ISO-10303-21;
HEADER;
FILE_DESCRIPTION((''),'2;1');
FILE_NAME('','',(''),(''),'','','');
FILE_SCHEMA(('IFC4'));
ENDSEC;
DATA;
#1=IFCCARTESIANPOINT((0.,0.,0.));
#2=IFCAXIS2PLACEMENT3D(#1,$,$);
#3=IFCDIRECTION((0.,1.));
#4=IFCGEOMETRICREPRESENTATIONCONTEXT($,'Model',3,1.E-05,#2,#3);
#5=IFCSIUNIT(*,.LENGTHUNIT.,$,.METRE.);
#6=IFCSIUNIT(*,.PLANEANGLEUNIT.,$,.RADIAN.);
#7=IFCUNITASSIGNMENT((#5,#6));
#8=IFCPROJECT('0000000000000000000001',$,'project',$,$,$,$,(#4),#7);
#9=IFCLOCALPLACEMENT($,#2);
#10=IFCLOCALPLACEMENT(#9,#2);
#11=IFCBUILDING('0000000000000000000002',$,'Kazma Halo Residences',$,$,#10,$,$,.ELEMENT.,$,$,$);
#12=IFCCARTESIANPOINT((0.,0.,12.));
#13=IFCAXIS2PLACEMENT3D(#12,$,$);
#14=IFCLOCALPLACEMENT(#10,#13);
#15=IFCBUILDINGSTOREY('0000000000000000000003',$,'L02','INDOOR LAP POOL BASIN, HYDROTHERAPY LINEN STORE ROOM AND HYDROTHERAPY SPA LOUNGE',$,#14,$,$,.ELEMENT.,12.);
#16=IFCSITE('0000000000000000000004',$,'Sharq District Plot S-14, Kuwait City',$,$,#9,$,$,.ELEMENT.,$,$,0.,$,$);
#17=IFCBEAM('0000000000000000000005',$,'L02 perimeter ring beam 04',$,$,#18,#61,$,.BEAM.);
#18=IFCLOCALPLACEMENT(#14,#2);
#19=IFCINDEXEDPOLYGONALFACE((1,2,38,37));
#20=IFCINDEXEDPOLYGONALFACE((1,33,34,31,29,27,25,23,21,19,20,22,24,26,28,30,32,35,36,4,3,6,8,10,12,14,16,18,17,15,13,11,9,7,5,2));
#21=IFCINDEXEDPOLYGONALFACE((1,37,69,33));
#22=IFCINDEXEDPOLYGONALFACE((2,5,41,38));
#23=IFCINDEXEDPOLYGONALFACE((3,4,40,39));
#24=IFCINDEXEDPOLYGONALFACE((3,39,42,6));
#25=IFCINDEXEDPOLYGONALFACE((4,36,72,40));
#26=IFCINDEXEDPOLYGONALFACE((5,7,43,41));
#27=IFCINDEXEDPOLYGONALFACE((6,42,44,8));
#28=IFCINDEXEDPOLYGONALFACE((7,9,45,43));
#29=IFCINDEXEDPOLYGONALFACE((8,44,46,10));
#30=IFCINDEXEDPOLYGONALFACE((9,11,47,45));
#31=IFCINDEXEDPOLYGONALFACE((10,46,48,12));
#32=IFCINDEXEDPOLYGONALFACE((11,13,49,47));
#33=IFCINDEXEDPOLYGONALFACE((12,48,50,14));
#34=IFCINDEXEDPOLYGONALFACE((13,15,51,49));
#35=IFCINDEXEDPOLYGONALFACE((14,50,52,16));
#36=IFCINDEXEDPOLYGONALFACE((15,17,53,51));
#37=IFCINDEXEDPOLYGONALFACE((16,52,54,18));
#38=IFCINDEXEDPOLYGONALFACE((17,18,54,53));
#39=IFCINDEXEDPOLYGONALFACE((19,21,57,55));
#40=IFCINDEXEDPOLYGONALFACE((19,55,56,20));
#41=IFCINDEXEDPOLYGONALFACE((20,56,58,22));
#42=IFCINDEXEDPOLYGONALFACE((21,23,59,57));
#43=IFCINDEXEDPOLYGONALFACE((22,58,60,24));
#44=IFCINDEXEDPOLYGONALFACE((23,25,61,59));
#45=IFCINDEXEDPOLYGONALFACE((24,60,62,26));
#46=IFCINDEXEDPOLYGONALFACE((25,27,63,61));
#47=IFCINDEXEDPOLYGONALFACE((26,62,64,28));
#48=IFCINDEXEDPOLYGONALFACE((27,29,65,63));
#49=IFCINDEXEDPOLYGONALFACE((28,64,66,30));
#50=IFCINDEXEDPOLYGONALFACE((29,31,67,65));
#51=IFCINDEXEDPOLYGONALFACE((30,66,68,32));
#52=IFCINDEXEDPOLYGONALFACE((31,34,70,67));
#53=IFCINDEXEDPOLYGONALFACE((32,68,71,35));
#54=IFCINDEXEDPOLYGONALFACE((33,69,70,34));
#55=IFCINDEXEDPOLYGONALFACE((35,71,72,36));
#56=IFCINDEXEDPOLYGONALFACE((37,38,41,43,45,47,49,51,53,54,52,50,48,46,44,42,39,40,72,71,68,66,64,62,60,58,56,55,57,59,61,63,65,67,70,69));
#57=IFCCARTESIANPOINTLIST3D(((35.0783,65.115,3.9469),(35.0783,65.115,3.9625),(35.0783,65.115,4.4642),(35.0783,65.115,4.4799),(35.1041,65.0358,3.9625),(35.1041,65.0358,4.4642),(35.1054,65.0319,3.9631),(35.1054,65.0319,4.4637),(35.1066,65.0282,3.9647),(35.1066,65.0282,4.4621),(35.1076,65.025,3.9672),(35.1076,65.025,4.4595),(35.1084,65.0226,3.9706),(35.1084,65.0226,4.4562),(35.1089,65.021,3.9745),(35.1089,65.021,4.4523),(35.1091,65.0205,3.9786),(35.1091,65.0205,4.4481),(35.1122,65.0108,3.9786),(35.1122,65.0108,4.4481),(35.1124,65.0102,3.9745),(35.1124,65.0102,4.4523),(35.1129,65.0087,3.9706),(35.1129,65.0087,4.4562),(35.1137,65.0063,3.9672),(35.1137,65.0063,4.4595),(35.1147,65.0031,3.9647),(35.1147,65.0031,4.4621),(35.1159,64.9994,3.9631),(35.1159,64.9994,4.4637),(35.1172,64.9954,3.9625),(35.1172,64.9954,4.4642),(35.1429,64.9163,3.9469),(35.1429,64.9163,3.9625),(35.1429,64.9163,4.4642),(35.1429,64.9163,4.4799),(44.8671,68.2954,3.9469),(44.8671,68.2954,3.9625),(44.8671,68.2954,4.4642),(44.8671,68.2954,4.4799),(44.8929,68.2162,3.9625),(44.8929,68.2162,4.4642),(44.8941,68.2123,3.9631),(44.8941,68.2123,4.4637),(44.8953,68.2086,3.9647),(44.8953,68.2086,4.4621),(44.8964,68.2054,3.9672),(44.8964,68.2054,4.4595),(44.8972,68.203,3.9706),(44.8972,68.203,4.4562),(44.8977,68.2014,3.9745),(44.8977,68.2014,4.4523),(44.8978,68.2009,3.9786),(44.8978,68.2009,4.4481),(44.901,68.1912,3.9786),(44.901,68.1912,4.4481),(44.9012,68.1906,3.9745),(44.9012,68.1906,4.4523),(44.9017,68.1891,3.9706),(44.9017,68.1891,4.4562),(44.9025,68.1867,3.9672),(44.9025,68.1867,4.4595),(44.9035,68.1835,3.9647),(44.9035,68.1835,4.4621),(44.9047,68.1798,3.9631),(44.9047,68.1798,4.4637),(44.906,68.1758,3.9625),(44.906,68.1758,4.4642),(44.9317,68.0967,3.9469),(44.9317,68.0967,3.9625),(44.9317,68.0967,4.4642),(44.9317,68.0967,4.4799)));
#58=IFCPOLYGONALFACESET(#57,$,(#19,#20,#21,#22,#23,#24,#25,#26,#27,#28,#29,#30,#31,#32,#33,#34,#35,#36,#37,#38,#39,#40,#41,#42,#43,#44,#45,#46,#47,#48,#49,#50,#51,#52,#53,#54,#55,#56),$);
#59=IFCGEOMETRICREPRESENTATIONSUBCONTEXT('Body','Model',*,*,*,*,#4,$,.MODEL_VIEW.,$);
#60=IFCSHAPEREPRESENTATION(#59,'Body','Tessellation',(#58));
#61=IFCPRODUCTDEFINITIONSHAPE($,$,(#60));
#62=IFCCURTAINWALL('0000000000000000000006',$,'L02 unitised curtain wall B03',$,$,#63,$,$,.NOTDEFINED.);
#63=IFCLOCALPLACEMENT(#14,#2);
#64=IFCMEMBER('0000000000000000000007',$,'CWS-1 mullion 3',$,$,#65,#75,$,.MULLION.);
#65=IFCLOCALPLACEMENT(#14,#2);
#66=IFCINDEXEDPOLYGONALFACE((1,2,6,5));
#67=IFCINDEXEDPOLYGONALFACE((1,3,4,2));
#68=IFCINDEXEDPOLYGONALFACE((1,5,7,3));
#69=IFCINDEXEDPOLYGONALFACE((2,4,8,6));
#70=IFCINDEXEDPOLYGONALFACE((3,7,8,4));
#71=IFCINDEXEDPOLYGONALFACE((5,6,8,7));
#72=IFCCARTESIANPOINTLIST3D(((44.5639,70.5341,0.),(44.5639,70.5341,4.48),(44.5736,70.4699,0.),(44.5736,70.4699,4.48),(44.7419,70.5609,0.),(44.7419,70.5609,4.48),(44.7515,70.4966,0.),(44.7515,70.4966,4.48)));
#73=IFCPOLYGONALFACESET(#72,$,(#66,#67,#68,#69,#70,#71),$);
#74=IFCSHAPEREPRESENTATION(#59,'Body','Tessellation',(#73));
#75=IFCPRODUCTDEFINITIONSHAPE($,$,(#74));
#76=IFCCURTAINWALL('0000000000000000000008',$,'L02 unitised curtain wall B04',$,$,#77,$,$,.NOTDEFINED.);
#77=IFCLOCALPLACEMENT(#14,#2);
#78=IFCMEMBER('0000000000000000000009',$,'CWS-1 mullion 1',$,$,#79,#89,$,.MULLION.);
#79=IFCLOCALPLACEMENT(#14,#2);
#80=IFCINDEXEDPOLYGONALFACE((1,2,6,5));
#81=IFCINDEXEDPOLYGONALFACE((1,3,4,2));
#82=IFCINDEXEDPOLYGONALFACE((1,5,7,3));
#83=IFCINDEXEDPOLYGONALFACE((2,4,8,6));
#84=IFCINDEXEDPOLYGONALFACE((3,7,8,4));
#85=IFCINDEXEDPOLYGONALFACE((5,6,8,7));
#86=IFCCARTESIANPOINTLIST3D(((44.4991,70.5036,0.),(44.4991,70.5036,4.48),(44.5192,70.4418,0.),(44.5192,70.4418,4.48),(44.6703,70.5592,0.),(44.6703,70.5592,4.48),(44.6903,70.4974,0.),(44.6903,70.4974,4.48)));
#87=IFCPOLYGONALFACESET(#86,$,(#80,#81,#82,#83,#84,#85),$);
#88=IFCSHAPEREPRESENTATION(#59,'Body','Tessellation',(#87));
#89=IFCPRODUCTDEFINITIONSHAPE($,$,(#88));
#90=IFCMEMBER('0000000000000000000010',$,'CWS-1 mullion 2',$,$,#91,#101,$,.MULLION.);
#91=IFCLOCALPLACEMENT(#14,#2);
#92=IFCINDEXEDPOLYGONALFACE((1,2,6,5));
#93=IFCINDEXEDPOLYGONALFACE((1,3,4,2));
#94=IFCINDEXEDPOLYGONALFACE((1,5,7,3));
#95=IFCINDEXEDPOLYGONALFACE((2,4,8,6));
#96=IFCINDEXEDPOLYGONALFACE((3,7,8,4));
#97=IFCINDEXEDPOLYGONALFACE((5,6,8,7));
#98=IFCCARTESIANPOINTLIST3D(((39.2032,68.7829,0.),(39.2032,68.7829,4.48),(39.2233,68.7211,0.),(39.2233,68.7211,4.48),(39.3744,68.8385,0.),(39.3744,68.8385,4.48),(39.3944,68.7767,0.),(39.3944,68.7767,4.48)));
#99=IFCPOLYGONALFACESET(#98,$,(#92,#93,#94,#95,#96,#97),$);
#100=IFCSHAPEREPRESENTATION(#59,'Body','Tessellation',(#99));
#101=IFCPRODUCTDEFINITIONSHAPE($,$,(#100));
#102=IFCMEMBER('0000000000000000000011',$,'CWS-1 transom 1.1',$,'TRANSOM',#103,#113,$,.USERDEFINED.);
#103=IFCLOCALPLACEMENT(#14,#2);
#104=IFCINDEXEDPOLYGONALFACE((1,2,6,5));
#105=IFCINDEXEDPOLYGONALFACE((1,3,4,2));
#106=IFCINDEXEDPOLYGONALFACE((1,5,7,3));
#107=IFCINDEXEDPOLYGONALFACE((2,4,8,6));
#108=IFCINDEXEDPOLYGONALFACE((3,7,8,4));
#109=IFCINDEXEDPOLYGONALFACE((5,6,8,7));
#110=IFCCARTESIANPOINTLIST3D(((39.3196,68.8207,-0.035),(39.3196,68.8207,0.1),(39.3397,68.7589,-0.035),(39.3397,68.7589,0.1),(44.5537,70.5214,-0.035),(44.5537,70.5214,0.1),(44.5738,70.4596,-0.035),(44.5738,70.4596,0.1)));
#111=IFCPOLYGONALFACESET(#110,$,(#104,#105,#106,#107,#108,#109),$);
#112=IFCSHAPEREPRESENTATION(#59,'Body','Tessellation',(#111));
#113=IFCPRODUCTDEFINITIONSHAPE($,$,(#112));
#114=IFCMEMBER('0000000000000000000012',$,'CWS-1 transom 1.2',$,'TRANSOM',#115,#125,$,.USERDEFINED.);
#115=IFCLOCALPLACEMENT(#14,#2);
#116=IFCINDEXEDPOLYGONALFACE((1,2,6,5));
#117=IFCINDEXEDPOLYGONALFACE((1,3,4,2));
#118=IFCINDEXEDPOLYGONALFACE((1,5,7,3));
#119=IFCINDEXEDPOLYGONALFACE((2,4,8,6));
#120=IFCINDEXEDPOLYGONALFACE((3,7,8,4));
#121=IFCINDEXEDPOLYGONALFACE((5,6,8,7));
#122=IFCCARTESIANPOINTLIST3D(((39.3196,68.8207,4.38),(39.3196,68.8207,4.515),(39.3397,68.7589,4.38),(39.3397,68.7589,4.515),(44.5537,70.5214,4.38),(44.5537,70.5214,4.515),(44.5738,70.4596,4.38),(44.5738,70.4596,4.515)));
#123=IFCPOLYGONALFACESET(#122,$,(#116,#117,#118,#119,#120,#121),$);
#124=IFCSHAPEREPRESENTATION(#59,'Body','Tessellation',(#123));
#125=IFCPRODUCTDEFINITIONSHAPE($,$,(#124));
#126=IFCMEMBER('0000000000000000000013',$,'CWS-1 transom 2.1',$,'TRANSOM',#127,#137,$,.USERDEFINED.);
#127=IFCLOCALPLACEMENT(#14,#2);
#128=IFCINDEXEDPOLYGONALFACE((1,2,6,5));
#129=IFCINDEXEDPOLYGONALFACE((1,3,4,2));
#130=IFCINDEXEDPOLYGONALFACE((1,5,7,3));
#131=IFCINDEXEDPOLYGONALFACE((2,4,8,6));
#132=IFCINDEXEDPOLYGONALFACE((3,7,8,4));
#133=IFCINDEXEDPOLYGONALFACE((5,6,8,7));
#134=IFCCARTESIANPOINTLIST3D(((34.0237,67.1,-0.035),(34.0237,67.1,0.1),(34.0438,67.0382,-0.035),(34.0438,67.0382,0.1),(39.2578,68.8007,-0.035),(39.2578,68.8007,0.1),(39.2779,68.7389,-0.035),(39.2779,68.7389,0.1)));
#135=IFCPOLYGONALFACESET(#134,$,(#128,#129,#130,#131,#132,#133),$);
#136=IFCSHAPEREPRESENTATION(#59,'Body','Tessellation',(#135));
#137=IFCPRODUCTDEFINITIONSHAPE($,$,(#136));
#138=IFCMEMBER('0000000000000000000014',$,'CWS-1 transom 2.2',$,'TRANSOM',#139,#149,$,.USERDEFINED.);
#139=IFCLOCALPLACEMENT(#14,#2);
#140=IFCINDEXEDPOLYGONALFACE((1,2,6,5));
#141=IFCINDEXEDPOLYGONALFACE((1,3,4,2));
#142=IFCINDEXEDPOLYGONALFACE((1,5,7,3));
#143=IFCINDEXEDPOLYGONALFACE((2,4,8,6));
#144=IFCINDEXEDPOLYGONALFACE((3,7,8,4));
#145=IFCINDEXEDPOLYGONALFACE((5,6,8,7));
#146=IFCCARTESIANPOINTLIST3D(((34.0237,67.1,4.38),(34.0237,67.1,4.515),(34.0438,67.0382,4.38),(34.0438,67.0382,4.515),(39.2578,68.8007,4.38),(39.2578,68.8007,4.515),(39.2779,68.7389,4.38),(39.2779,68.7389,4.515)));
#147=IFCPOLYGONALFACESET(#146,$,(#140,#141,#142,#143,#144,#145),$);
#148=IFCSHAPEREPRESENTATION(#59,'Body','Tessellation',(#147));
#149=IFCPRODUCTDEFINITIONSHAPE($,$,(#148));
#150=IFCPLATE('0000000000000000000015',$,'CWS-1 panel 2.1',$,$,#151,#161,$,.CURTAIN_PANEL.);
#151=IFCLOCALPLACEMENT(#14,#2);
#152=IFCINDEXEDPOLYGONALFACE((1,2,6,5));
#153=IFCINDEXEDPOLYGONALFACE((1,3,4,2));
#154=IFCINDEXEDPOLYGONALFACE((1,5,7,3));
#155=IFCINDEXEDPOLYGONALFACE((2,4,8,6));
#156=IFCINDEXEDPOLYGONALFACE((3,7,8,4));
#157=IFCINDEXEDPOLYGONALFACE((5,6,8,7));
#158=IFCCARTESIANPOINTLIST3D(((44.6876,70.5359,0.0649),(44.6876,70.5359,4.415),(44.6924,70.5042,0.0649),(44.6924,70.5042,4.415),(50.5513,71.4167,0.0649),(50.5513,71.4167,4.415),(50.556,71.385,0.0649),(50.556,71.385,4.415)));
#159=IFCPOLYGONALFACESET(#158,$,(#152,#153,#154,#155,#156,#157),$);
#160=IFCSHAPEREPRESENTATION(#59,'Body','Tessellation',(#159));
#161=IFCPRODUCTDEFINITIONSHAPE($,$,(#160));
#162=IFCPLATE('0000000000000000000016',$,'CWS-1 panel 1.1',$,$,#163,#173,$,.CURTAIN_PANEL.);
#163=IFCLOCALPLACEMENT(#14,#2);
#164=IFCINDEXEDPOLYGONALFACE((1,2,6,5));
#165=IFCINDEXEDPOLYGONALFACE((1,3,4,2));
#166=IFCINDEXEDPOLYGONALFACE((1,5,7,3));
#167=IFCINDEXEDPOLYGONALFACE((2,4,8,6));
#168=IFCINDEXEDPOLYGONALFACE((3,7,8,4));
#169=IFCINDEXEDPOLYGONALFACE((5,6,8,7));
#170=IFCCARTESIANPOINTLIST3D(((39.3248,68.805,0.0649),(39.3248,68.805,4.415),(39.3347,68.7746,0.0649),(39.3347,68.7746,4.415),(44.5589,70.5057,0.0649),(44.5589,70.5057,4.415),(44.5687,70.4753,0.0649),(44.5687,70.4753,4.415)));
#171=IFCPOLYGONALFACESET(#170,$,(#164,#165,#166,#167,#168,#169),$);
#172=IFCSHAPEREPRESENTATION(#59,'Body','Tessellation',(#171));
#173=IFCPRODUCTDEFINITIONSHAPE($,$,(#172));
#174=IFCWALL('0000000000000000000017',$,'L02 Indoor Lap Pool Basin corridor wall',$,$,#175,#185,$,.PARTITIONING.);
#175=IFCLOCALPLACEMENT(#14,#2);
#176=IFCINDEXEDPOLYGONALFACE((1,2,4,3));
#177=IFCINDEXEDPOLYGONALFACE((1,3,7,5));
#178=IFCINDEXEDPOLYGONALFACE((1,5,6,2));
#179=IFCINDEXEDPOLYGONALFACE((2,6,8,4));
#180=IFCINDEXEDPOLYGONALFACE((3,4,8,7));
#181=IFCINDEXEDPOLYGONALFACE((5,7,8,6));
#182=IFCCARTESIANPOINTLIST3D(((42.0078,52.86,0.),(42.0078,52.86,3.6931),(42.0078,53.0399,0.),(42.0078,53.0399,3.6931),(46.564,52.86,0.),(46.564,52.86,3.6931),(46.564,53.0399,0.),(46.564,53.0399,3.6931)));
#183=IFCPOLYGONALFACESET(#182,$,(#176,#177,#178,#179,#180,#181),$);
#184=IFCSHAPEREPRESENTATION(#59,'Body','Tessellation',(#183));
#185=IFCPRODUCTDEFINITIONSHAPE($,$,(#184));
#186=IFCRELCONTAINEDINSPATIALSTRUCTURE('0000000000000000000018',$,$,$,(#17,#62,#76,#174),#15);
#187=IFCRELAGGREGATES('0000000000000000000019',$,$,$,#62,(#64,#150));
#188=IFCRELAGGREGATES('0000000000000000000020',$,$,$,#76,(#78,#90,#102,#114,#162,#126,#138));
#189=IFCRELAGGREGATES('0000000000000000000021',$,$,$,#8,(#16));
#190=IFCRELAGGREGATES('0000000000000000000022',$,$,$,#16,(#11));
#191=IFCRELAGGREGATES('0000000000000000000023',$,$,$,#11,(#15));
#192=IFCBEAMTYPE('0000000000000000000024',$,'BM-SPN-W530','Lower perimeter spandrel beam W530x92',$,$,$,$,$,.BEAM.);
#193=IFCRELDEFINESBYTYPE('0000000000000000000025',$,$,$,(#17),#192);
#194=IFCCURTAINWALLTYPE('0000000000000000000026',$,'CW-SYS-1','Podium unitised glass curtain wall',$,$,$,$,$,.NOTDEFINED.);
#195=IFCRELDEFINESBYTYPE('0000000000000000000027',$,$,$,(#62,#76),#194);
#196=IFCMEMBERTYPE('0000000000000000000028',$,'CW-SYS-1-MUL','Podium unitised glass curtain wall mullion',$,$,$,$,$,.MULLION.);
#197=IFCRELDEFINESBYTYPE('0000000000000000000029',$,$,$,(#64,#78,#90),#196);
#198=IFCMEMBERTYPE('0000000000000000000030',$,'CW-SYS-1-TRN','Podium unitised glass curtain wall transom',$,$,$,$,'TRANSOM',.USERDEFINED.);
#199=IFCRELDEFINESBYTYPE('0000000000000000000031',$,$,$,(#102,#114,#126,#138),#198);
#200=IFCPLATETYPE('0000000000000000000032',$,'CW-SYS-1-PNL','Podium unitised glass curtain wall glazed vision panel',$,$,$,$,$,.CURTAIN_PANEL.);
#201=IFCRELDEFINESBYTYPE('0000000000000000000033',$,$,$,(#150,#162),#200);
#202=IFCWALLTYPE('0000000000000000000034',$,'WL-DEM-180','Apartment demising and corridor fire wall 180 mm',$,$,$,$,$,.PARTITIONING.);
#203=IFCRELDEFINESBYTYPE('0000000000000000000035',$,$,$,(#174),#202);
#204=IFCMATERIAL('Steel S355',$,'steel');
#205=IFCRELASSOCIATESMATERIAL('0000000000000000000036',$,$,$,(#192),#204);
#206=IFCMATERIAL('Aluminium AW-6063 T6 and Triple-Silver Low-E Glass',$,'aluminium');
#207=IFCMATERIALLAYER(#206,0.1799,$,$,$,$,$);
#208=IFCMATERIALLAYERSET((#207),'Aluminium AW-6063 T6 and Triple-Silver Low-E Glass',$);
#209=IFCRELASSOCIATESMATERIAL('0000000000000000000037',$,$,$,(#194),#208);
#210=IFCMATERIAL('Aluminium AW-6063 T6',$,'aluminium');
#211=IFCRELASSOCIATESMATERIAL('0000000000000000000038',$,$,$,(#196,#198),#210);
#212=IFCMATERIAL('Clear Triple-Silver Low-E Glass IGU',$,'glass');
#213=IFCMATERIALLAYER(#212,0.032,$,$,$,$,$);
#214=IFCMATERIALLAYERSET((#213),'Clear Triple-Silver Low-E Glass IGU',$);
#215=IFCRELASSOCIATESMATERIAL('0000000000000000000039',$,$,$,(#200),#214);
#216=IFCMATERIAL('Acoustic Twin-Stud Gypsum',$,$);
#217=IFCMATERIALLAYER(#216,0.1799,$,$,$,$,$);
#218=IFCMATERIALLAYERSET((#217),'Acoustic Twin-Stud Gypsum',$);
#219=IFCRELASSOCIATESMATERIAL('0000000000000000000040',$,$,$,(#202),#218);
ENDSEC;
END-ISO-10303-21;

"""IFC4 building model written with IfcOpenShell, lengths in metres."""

from ifc_helpers import new_model, si_unit, direction, frame, frame_2d, origin, origin_2d, place, context, subcontext, project, spatial, rectangle, i_section, extrude, material, layer, layer_set, material_profile, profile_set, type_object, element, aggregate, save


model = new_model("IFC4")

# Units and contexts
model_context = context("Model", 3, precision=1e-05, world=origin(), true_north=direction((0.0, 1.0)))
body_context = subcontext(model_context, "Body", "Model", "MODEL_VIEW")
ifc_project = project(units=[si_unit("LENGTHUNIT", "METRE"), si_unit("PLANEANGLEUNIT", "RADIAN")], contexts=[model_context])

# Site, building, storey
site_placement = place(None, origin())
site = spatial("IfcSite", under=ifc_project, at=site_placement, Name="Sharq District Plot S-14, Kuwait City", CompositionType="ELEMENT", RefElevation=0.0)
building_placement = place(site_placement, origin())
building = spatial("IfcBuilding", under=site, at=building_placement, Name="Kazma Halo Residences", CompositionType="ELEMENT")
storey_placement = place(building_placement, frame((0.0, 0.0, 12.0)))
storey = spatial("IfcBuildingStorey", under=building, at=storey_placement, Name="L02", Description="INDOOR LAP POOL BASIN, HYDROTHERAPY LINEN STORE ROOM AND HYDROTHERAPY SPA LOUNGE", CompositionType="ELEMENT", Elevation=12.0)

# Beam
ifc_material_1 = material(Name="Steel S355", Category="steel")
ifc_material_profile_1 = material_profile(ifc_material_1, i_section(OverallWidth=0.209, OverallDepth=0.533, WebThickness=0.0103, FlangeThickness=0.0156, FilletRadius=0.0161, at=origin_2d()), Name="W530x92")
ifc_profile_set_1 = profile_set([ifc_material_profile_1], Name="Steel S355")
beam_type_1 = type_object("IfcBeamType", Name="BM-SPN-W530", Description="Lower perimeter spandrel beam W530x92", PredefinedType="BEAM", material=ifc_profile_set_1)
beam_1_placement = place(storey_placement, frame((44.8994, 68.196, 4.2134), z_axis=(-0.951061, -0.309003, 0.0), x_axis=(0.309003, -0.951061, 0.0)))
element("IfcBeam", 1, at=beam_1_placement, inside=storey, type_object=beam_type_1, Name="L02 perimeter ring beam 04", PredefinedType="BEAM", context=body_context, shape_type="SweptSolid", body=[
    extrude(i_section(OverallWidth=0.209, OverallDepth=0.533, WebThickness=0.0103, FlangeThickness=0.0156, FilletRadius=0.0161, at=origin_2d()), origin(), (0.0, 0.0, 1.0), 10.2925),
])

# Curtain wall, member
ifc_material_2 = material(Name="Aluminium AW-6063 T6 and Triple-Silver Low-E Glass", Category="aluminium")
ifc_layer_1 = layer(ifc_material_2, 0.1799)
ifc_layer_set_1 = layer_set([ifc_layer_1], Name="Aluminium AW-6063 T6 and Triple-Silver Low-E Glass")
curtain_wall_type = type_object("IfcCurtainWallType", Name="CW-SYS-1", Description="Podium unitised glass curtain wall", PredefinedType="NOTDEFINED", material=ifc_layer_set_1)
curtain_wall_1_placement = place(storey_placement, origin())
curtain_wall_1 = element("IfcCurtainWall", 2, at=curtain_wall_1_placement, inside=storey, type_object=curtain_wall_type, Name="L02 unitised curtain wall B03", PredefinedType="NOTDEFINED")
ifc_material_3 = material(Name="Aluminium AW-6063 T6", Category="aluminium")
ifc_material_profile_2 = material_profile(ifc_material_3, rectangle(XDim=0.0649, YDim=0.1799, at=origin_2d()), Name="CWM-65x180")
ifc_profile_set_2 = profile_set([ifc_material_profile_2], Name="Aluminium AW-6063 T6")
member_type_1 = type_object("IfcMemberType", Name="CW-SYS-1-MUL", Description="Podium unitised glass curtain wall mullion", PredefinedType="MULLION", material=ifc_profile_set_2)
member_1_placement = place(storey_placement, frame((44.6577, 70.5154, 0.0), z_axis=(0.0, 0.0, 1.0), x_axis=(0.148549, -0.988905, 0.0)))
member_1 = element("IfcMember", 3, at=member_1_placement, type_object=member_type_1, Name="CWS-1 mullion 3", PredefinedType="MULLION", context=body_context, shape_type="SweptSolid", body=[
    extrude(rectangle(XDim=0.0649, YDim=0.1799, at=origin_2d()), origin(), (0.0, 0.0, 1.0), 4.48),
])

# Curtain wall, members
curtain_wall_2_placement = place(storey_placement, origin())
curtain_wall_2 = element("IfcCurtainWall", 4, at=curtain_wall_2_placement, inside=storey, type_object=curtain_wall_type, Name="L02 unitised curtain wall B04", PredefinedType="NOTDEFINED")
member_2_placement = place(storey_placement, frame((44.5947, 70.5005, 0.0), z_axis=(0.0, 0.0, 1.0), x_axis=(0.309017, -0.951056, 0.0)))
member_2 = element("IfcMember", 5, at=member_2_placement, type_object=member_type_1, Name="CWS-1 mullion 1", PredefinedType="MULLION", context=body_context, shape_type="SweptSolid", body=[
    extrude(rectangle(XDim=0.0649, YDim=0.1799, at=origin_2d()), origin(), (0.0, 0.0, 1.0), 4.48),
])
member_3_placement = place(storey_placement, frame((39.2988, 68.7798, 0.0), z_axis=(0.0, 0.0, 1.0), x_axis=(0.309017, -0.951056, 0.0)))
member_3 = element("IfcMember", 6, at=member_3_placement, type_object=member_type_1, Name="CWS-1 mullion 2", PredefinedType="MULLION", context=body_context, shape_type="SweptSolid", body=[
    extrude(rectangle(XDim=0.0649, YDim=0.1799, at=origin_2d()), origin(), (0.0, 0.0, 1.0), 4.48),
])
ifc_material_profile_3 = material_profile(ifc_material_3, rectangle(XDim=0.0649, YDim=0.135, at=origin_2d()), Name="CWT-65x135")
ifc_profile_set_3 = profile_set([ifc_material_profile_3], Name="Aluminium AW-6063 T6")
member_type_2 = type_object("IfcMemberType", Name="CW-SYS-1-TRN", Description="Podium unitised glass curtain wall transom", ElementType="TRANSOM", PredefinedType="USERDEFINED", material=ifc_profile_set_3)
member_4_placement = place(storey_placement, frame((44.5637, 70.4905, 0.0325), z_axis=(-0.951056, -0.309019, 0.0), x_axis=(0.309019, -0.951056, 0.0)))
member_4 = element("IfcMember", 7, at=member_4_placement, type_object=member_type_2, Name="CWS-1 transom 1.1", ObjectType="TRANSOM", PredefinedType="USERDEFINED", context=body_context, shape_type="SweptSolid", body=[
    extrude(rectangle(XDim=0.0649, YDim=0.135, at=origin_2d()), origin(), (0.0, 0.0, 1.0), 5.5034),
])
member_5_placement = place(storey_placement, frame((44.5637, 70.4905, 4.4475), z_axis=(-0.951056, -0.309019, 0.0), x_axis=(0.309019, -0.951056, 0.0)))
member_5 = element("IfcMember", 8, at=member_5_placement, type_object=member_type_2, Name="CWS-1 transom 1.2", ObjectType="TRANSOM", PredefinedType="USERDEFINED", context=body_context, shape_type="SweptSolid", body=[
    extrude(rectangle(XDim=0.0649, YDim=0.135, at=origin_2d()), origin(), (0.0, 0.0, 1.0), 5.5034),
])
member_6_placement = place(storey_placement, frame((39.2678, 68.7698, 0.0325), z_axis=(-0.951056, -0.309019, 0.0), x_axis=(0.309019, -0.951056, 0.0)))
member_6 = element("IfcMember", 9, at=member_6_placement, type_object=member_type_2, Name="CWS-1 transom 2.1", ObjectType="TRANSOM", PredefinedType="USERDEFINED", context=body_context, shape_type="SweptSolid", body=[
    extrude(rectangle(XDim=0.0649, YDim=0.135, at=origin_2d()), origin(), (0.0, 0.0, 1.0), 5.5034),
])
member_7_placement = place(storey_placement, frame((39.2678, 68.7698, 4.4475), z_axis=(-0.951056, -0.309019, 0.0), x_axis=(0.309019, -0.951056, 0.0)))
member_7 = element("IfcMember", 10, at=member_7_placement, type_object=member_type_2, Name="CWS-1 transom 2.2", ObjectType="TRANSOM", PredefinedType="USERDEFINED", context=body_context, shape_type="SweptSolid", body=[
    extrude(rectangle(XDim=0.0649, YDim=0.135, at=origin_2d()), origin(), (0.0, 0.0, 1.0), 5.5034),
])

# Plates
ifc_material_4 = material(Name="Clear Triple-Silver Low-E Glass IGU", Category="glass")
ifc_layer_2 = layer(ifc_material_4, 0.032)
ifc_layer_set_2 = layer_set([ifc_layer_2], Name="Clear Triple-Silver Low-E Glass IGU")
plate_type = type_object("IfcPlateType", Name="CW-SYS-1-PNL", Description="Podium unitised glass curtain wall glazed vision panel", PredefinedType="CURTAIN_PANEL", material=ifc_layer_set_2)
plate_1_placement = place(storey_placement, frame((47.6218, 70.9604, 0.0649), z_axis=(0.0, 0.0, 1.0), x_axis=(-0.988905, -0.148549, 0.0)))
plate_1 = element("IfcPlate", 11, at=plate_1_placement, type_object=plate_type, Name="CWS-1 panel 2.1", PredefinedType="CURTAIN_PANEL", context=body_context, shape_type="SweptSolid", body=[
    extrude(rectangle(XDim=5.9294, YDim=0.032, at=origin_2d()), origin(), (0.0, 0.0, 1.0), 4.3501),
])
aggregate(curtain_wall_1, [member_1, plate_1])
plate_2_placement = place(storey_placement, frame((41.9468, 69.6401, 0.0649), z_axis=(0.0, 0.0, 1.0), x_axis=(-0.951056, -0.309017, 0.0)))
plate_2 = element("IfcPlate", 12, at=plate_2_placement, type_object=plate_type, Name="CWS-1 panel 1.1", PredefinedType="CURTAIN_PANEL", context=body_context, shape_type="SweptSolid", body=[
    extrude(rectangle(XDim=5.5034, YDim=0.032, at=origin_2d()), origin(), (0.0, 0.0, 1.0), 4.3501),
])
aggregate(curtain_wall_2, [member_2, member_3, member_4, member_5, plate_2, member_6, member_7])

# Wall
ifc_material_5 = material(Name="Acoustic Twin-Stud Gypsum")
ifc_layer_3 = layer(ifc_material_5, 0.1799)
ifc_layer_set_3 = layer_set([ifc_layer_3], Name="Acoustic Twin-Stud Gypsum")
wall_type_1 = type_object("IfcWallType", Name="WL-DEM-180", Description="Apartment demising and corridor fire wall 180 mm", PredefinedType="PARTITIONING", material=ifc_layer_set_3)
wall_1_placement = place(storey_placement, frame((46.564, 52.95, 0.0), z_axis=(0.0, 0.0, 1.0), x_axis=(-1.0, 0.0, 0.0)))
element("IfcWall", 13, at=wall_1_placement, inside=storey, type_object=wall_type_1, Name="L02 Indoor Lap Pool Basin corridor wall", PredefinedType="PARTITIONING", context=body_context, shape_type="SweptSolid", body=[
    extrude(rectangle(XDim=4.5562, YDim=0.1799, at=frame_2d((2.2781, 0.0))), origin(), (0.0, 0.0, 1.0), 3.6931),
])

save(model, "model.ifc")
